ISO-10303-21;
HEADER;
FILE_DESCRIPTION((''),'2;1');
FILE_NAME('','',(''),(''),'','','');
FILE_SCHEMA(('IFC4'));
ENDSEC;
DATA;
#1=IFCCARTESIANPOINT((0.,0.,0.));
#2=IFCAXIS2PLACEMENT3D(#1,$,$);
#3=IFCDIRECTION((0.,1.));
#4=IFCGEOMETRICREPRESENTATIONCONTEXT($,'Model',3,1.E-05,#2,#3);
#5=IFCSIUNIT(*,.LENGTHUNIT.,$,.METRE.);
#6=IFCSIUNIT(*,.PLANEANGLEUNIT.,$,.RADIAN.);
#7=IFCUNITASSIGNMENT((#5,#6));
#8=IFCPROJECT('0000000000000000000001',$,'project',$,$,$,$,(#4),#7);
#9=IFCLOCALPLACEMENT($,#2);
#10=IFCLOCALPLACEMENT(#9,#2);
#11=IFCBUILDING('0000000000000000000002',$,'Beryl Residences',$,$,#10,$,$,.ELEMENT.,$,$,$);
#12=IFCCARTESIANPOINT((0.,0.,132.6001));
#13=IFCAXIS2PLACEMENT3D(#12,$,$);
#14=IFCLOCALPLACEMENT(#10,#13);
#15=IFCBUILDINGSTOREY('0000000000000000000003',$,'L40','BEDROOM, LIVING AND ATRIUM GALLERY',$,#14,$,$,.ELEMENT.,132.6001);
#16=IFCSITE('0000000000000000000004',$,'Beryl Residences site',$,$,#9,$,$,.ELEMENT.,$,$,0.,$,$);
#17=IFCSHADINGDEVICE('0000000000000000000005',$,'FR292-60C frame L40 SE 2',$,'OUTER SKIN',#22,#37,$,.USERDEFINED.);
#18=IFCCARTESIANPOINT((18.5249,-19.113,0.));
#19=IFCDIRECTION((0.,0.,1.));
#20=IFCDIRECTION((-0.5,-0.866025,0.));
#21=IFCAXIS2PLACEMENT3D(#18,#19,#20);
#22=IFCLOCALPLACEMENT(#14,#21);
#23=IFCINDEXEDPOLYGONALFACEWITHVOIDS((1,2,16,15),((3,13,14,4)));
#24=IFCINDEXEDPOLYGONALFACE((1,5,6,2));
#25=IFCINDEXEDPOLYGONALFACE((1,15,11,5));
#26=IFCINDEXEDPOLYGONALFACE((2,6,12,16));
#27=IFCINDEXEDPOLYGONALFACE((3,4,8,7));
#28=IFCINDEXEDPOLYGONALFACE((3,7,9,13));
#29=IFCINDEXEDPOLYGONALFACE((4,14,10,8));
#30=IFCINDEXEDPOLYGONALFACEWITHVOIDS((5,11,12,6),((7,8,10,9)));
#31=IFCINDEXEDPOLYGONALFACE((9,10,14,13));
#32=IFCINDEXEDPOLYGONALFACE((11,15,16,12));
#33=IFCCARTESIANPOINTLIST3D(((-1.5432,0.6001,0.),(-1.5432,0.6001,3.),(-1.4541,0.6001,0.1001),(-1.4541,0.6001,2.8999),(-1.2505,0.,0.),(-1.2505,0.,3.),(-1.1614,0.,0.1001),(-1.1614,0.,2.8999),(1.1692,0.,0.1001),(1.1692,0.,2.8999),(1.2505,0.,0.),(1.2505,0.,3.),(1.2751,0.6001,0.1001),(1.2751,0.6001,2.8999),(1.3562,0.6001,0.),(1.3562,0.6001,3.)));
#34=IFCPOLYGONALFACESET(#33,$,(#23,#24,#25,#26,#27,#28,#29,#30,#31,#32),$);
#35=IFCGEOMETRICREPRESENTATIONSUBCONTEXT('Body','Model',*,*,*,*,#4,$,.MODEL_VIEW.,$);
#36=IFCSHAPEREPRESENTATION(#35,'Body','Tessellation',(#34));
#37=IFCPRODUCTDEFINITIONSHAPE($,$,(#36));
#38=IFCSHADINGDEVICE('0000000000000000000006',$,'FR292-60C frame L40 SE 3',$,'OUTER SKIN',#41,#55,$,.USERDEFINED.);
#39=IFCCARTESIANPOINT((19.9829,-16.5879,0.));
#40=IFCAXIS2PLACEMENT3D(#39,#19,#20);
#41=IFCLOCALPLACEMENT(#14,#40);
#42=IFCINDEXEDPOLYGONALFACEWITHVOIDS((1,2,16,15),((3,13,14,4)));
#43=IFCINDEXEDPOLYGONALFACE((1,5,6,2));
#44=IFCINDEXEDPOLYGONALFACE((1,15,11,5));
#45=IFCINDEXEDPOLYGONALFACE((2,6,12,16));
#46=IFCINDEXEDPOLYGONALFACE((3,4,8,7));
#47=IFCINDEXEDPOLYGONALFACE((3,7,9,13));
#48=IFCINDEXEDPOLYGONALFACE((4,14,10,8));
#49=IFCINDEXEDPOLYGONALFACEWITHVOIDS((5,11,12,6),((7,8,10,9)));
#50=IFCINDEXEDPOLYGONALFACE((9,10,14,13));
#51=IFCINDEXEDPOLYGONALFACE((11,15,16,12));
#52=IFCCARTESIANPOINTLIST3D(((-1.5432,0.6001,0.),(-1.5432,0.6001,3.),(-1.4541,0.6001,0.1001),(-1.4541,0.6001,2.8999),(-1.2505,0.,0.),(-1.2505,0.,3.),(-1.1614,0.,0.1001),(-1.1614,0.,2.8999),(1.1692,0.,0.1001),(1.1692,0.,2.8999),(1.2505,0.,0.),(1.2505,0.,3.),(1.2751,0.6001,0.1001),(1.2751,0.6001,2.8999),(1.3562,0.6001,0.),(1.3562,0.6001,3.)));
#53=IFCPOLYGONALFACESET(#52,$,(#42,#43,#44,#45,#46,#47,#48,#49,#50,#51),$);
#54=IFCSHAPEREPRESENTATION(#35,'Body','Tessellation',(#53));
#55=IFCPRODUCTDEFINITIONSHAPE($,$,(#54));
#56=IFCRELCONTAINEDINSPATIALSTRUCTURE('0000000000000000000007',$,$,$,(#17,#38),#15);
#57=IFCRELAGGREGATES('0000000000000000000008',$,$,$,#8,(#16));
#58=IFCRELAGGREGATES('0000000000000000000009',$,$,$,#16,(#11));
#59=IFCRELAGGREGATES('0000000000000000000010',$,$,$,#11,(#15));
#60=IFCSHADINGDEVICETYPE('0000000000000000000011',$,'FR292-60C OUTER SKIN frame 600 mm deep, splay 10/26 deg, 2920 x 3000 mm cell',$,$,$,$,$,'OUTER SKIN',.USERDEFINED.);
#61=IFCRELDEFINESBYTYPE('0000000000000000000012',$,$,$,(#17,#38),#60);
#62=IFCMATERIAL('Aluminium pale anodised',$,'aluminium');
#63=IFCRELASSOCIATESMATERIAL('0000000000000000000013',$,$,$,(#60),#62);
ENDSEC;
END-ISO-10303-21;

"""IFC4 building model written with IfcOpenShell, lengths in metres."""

from ifc_helpers import new_model, entity, si_unit, direction, frame, origin, place, context, subcontext, project, spatial, source, transform, mapped, material, type_object, type_shapes, element, save


model = new_model("IFC4")

# Units and contexts
model_context = context("Model", 3, precision=1e-05, world=origin(), true_north=direction((0.0, 1.0)))
body_context = subcontext(model_context, "Body", "Model", "MODEL_VIEW")
ifc_project = project(units=[si_unit("LENGTHUNIT", "METRE"), si_unit("PLANEANGLEUNIT", "RADIAN")], contexts=[model_context])

# Site, building, storey
site_placement = place(None, origin())
site = spatial("IfcSite", under=ifc_project, at=site_placement, Name="Beryl Residences site", CompositionType="ELEMENT", RefElevation=0.0)
building_placement = place(site_placement, origin())
building = spatial("IfcBuilding", under=site, at=building_placement, Name="Beryl Residences", CompositionType="ELEMENT")
storey_placement = place(building_placement, frame((0.0, 0.0, 132.6001)))
storey = spatial("IfcBuildingStorey", under=building, at=storey_placement, Name="L40", Description="BEDROOM, LIVING AND ATRIUM GALLERY", CompositionType="ELEMENT", Elevation=132.6001)

# Shading devices
ifc_material_1 = material(Name="Aluminium pale anodised", Category="aluminium")
shading_device_type = type_object("IfcShadingDeviceType", Name="FR292-60C OUTER SKIN frame 600 mm deep, splay 10/26 deg, 2920 x 3000 mm cell", ElementType="OUTER SKIN", PredefinedType="USERDEFINED", material=ifc_material_1)
cartesian_point_1 = entity("IfcCartesianPoint", [-1.2505, 0.0])
cartesian_point_2 = entity("IfcCartesianPoint", [-1.1692, 0.1001])
cartesian_point_3 = entity("IfcCartesianPoint", [-1.3562, 0.0])
cartesian_point_4 = entity("IfcCartesianPoint", [-1.2751, 0.1001])
shared_shape = source(origin(), body_context, "Body", "SweptSolid", [
    entity("IfcExtrudedAreaSolidTapered", entity("IfcArbitraryProfileDefWithVoids", "AREA", None, entity("IfcPolyline", [cartesian_point_1, entity("IfcCartesianPoint", [1.2505, 0.0]), entity("IfcCartesianPoint", [1.2505, 3.0]), entity("IfcCartesianPoint", [-1.2505, 3.0]), cartesian_point_1]), [entity("IfcPolyline", [cartesian_point_2, entity("IfcCartesianPoint", [1.1614, 0.1001]), entity("IfcCartesianPoint", [1.1614, 2.8999]), entity("IfcCartesianPoint", [-1.1692, 2.8999]), cartesian_point_2])]), entity("IfcAxis2Placement3D", entity("IfcCartesianPoint", [0.0, 0.0, 0.0]), entity("IfcDirection", [0.0, 1.0, 0.0]), entity("IfcDirection", [-1.0, 0.0, 0.0])), entity("IfcDirection", [0.0, 0.0, 1.0]), 0.6001, entity("IfcArbitraryProfileDefWithVoids", "AREA", None, entity("IfcPolyline", [cartesian_point_3, entity("IfcCartesianPoint", [1.5432, 0.0]), entity("IfcCartesianPoint", [1.5432, 3.0]), entity("IfcCartesianPoint", [-1.3562, 3.0]), cartesian_point_3]), [entity("IfcPolyline", [cartesian_point_4, entity("IfcCartesianPoint", [1.4541, 0.1001]), entity("IfcCartesianPoint", [1.4541, 2.8999]), entity("IfcCartesianPoint", [-1.2751, 2.8999]), cartesian_point_4])])),
])
type_shapes(shading_device_type, [shared_shape])
for number, where, z_axis, x_axis, name in (
    (1, (18.5249, -19.113, 0.0), (0.0, 0.0, 1.0), (-0.5, -0.866025, 0.0), "FR292-60C frame L40 SE 2"),
    (2, (19.9829, -16.5879, 0.0), (0.0, 0.0, 1.0), (-0.5, -0.866025, 0.0), "FR292-60C frame L40 SE 3"),
):
    element("IfcShadingDevice", number, at=place(storey_placement, frame(where, z_axis=z_axis, x_axis=x_axis)), inside=storey, type_object=shading_device_type, Name=name, ObjectType="OUTER SKIN", PredefinedType="USERDEFINED", context=body_context, shape_type="MappedRepresentation", body=[
        mapped(shared_shape, transform((0.0, 0.0, 0.0))),
    ])

save(model, "model.ifc")
